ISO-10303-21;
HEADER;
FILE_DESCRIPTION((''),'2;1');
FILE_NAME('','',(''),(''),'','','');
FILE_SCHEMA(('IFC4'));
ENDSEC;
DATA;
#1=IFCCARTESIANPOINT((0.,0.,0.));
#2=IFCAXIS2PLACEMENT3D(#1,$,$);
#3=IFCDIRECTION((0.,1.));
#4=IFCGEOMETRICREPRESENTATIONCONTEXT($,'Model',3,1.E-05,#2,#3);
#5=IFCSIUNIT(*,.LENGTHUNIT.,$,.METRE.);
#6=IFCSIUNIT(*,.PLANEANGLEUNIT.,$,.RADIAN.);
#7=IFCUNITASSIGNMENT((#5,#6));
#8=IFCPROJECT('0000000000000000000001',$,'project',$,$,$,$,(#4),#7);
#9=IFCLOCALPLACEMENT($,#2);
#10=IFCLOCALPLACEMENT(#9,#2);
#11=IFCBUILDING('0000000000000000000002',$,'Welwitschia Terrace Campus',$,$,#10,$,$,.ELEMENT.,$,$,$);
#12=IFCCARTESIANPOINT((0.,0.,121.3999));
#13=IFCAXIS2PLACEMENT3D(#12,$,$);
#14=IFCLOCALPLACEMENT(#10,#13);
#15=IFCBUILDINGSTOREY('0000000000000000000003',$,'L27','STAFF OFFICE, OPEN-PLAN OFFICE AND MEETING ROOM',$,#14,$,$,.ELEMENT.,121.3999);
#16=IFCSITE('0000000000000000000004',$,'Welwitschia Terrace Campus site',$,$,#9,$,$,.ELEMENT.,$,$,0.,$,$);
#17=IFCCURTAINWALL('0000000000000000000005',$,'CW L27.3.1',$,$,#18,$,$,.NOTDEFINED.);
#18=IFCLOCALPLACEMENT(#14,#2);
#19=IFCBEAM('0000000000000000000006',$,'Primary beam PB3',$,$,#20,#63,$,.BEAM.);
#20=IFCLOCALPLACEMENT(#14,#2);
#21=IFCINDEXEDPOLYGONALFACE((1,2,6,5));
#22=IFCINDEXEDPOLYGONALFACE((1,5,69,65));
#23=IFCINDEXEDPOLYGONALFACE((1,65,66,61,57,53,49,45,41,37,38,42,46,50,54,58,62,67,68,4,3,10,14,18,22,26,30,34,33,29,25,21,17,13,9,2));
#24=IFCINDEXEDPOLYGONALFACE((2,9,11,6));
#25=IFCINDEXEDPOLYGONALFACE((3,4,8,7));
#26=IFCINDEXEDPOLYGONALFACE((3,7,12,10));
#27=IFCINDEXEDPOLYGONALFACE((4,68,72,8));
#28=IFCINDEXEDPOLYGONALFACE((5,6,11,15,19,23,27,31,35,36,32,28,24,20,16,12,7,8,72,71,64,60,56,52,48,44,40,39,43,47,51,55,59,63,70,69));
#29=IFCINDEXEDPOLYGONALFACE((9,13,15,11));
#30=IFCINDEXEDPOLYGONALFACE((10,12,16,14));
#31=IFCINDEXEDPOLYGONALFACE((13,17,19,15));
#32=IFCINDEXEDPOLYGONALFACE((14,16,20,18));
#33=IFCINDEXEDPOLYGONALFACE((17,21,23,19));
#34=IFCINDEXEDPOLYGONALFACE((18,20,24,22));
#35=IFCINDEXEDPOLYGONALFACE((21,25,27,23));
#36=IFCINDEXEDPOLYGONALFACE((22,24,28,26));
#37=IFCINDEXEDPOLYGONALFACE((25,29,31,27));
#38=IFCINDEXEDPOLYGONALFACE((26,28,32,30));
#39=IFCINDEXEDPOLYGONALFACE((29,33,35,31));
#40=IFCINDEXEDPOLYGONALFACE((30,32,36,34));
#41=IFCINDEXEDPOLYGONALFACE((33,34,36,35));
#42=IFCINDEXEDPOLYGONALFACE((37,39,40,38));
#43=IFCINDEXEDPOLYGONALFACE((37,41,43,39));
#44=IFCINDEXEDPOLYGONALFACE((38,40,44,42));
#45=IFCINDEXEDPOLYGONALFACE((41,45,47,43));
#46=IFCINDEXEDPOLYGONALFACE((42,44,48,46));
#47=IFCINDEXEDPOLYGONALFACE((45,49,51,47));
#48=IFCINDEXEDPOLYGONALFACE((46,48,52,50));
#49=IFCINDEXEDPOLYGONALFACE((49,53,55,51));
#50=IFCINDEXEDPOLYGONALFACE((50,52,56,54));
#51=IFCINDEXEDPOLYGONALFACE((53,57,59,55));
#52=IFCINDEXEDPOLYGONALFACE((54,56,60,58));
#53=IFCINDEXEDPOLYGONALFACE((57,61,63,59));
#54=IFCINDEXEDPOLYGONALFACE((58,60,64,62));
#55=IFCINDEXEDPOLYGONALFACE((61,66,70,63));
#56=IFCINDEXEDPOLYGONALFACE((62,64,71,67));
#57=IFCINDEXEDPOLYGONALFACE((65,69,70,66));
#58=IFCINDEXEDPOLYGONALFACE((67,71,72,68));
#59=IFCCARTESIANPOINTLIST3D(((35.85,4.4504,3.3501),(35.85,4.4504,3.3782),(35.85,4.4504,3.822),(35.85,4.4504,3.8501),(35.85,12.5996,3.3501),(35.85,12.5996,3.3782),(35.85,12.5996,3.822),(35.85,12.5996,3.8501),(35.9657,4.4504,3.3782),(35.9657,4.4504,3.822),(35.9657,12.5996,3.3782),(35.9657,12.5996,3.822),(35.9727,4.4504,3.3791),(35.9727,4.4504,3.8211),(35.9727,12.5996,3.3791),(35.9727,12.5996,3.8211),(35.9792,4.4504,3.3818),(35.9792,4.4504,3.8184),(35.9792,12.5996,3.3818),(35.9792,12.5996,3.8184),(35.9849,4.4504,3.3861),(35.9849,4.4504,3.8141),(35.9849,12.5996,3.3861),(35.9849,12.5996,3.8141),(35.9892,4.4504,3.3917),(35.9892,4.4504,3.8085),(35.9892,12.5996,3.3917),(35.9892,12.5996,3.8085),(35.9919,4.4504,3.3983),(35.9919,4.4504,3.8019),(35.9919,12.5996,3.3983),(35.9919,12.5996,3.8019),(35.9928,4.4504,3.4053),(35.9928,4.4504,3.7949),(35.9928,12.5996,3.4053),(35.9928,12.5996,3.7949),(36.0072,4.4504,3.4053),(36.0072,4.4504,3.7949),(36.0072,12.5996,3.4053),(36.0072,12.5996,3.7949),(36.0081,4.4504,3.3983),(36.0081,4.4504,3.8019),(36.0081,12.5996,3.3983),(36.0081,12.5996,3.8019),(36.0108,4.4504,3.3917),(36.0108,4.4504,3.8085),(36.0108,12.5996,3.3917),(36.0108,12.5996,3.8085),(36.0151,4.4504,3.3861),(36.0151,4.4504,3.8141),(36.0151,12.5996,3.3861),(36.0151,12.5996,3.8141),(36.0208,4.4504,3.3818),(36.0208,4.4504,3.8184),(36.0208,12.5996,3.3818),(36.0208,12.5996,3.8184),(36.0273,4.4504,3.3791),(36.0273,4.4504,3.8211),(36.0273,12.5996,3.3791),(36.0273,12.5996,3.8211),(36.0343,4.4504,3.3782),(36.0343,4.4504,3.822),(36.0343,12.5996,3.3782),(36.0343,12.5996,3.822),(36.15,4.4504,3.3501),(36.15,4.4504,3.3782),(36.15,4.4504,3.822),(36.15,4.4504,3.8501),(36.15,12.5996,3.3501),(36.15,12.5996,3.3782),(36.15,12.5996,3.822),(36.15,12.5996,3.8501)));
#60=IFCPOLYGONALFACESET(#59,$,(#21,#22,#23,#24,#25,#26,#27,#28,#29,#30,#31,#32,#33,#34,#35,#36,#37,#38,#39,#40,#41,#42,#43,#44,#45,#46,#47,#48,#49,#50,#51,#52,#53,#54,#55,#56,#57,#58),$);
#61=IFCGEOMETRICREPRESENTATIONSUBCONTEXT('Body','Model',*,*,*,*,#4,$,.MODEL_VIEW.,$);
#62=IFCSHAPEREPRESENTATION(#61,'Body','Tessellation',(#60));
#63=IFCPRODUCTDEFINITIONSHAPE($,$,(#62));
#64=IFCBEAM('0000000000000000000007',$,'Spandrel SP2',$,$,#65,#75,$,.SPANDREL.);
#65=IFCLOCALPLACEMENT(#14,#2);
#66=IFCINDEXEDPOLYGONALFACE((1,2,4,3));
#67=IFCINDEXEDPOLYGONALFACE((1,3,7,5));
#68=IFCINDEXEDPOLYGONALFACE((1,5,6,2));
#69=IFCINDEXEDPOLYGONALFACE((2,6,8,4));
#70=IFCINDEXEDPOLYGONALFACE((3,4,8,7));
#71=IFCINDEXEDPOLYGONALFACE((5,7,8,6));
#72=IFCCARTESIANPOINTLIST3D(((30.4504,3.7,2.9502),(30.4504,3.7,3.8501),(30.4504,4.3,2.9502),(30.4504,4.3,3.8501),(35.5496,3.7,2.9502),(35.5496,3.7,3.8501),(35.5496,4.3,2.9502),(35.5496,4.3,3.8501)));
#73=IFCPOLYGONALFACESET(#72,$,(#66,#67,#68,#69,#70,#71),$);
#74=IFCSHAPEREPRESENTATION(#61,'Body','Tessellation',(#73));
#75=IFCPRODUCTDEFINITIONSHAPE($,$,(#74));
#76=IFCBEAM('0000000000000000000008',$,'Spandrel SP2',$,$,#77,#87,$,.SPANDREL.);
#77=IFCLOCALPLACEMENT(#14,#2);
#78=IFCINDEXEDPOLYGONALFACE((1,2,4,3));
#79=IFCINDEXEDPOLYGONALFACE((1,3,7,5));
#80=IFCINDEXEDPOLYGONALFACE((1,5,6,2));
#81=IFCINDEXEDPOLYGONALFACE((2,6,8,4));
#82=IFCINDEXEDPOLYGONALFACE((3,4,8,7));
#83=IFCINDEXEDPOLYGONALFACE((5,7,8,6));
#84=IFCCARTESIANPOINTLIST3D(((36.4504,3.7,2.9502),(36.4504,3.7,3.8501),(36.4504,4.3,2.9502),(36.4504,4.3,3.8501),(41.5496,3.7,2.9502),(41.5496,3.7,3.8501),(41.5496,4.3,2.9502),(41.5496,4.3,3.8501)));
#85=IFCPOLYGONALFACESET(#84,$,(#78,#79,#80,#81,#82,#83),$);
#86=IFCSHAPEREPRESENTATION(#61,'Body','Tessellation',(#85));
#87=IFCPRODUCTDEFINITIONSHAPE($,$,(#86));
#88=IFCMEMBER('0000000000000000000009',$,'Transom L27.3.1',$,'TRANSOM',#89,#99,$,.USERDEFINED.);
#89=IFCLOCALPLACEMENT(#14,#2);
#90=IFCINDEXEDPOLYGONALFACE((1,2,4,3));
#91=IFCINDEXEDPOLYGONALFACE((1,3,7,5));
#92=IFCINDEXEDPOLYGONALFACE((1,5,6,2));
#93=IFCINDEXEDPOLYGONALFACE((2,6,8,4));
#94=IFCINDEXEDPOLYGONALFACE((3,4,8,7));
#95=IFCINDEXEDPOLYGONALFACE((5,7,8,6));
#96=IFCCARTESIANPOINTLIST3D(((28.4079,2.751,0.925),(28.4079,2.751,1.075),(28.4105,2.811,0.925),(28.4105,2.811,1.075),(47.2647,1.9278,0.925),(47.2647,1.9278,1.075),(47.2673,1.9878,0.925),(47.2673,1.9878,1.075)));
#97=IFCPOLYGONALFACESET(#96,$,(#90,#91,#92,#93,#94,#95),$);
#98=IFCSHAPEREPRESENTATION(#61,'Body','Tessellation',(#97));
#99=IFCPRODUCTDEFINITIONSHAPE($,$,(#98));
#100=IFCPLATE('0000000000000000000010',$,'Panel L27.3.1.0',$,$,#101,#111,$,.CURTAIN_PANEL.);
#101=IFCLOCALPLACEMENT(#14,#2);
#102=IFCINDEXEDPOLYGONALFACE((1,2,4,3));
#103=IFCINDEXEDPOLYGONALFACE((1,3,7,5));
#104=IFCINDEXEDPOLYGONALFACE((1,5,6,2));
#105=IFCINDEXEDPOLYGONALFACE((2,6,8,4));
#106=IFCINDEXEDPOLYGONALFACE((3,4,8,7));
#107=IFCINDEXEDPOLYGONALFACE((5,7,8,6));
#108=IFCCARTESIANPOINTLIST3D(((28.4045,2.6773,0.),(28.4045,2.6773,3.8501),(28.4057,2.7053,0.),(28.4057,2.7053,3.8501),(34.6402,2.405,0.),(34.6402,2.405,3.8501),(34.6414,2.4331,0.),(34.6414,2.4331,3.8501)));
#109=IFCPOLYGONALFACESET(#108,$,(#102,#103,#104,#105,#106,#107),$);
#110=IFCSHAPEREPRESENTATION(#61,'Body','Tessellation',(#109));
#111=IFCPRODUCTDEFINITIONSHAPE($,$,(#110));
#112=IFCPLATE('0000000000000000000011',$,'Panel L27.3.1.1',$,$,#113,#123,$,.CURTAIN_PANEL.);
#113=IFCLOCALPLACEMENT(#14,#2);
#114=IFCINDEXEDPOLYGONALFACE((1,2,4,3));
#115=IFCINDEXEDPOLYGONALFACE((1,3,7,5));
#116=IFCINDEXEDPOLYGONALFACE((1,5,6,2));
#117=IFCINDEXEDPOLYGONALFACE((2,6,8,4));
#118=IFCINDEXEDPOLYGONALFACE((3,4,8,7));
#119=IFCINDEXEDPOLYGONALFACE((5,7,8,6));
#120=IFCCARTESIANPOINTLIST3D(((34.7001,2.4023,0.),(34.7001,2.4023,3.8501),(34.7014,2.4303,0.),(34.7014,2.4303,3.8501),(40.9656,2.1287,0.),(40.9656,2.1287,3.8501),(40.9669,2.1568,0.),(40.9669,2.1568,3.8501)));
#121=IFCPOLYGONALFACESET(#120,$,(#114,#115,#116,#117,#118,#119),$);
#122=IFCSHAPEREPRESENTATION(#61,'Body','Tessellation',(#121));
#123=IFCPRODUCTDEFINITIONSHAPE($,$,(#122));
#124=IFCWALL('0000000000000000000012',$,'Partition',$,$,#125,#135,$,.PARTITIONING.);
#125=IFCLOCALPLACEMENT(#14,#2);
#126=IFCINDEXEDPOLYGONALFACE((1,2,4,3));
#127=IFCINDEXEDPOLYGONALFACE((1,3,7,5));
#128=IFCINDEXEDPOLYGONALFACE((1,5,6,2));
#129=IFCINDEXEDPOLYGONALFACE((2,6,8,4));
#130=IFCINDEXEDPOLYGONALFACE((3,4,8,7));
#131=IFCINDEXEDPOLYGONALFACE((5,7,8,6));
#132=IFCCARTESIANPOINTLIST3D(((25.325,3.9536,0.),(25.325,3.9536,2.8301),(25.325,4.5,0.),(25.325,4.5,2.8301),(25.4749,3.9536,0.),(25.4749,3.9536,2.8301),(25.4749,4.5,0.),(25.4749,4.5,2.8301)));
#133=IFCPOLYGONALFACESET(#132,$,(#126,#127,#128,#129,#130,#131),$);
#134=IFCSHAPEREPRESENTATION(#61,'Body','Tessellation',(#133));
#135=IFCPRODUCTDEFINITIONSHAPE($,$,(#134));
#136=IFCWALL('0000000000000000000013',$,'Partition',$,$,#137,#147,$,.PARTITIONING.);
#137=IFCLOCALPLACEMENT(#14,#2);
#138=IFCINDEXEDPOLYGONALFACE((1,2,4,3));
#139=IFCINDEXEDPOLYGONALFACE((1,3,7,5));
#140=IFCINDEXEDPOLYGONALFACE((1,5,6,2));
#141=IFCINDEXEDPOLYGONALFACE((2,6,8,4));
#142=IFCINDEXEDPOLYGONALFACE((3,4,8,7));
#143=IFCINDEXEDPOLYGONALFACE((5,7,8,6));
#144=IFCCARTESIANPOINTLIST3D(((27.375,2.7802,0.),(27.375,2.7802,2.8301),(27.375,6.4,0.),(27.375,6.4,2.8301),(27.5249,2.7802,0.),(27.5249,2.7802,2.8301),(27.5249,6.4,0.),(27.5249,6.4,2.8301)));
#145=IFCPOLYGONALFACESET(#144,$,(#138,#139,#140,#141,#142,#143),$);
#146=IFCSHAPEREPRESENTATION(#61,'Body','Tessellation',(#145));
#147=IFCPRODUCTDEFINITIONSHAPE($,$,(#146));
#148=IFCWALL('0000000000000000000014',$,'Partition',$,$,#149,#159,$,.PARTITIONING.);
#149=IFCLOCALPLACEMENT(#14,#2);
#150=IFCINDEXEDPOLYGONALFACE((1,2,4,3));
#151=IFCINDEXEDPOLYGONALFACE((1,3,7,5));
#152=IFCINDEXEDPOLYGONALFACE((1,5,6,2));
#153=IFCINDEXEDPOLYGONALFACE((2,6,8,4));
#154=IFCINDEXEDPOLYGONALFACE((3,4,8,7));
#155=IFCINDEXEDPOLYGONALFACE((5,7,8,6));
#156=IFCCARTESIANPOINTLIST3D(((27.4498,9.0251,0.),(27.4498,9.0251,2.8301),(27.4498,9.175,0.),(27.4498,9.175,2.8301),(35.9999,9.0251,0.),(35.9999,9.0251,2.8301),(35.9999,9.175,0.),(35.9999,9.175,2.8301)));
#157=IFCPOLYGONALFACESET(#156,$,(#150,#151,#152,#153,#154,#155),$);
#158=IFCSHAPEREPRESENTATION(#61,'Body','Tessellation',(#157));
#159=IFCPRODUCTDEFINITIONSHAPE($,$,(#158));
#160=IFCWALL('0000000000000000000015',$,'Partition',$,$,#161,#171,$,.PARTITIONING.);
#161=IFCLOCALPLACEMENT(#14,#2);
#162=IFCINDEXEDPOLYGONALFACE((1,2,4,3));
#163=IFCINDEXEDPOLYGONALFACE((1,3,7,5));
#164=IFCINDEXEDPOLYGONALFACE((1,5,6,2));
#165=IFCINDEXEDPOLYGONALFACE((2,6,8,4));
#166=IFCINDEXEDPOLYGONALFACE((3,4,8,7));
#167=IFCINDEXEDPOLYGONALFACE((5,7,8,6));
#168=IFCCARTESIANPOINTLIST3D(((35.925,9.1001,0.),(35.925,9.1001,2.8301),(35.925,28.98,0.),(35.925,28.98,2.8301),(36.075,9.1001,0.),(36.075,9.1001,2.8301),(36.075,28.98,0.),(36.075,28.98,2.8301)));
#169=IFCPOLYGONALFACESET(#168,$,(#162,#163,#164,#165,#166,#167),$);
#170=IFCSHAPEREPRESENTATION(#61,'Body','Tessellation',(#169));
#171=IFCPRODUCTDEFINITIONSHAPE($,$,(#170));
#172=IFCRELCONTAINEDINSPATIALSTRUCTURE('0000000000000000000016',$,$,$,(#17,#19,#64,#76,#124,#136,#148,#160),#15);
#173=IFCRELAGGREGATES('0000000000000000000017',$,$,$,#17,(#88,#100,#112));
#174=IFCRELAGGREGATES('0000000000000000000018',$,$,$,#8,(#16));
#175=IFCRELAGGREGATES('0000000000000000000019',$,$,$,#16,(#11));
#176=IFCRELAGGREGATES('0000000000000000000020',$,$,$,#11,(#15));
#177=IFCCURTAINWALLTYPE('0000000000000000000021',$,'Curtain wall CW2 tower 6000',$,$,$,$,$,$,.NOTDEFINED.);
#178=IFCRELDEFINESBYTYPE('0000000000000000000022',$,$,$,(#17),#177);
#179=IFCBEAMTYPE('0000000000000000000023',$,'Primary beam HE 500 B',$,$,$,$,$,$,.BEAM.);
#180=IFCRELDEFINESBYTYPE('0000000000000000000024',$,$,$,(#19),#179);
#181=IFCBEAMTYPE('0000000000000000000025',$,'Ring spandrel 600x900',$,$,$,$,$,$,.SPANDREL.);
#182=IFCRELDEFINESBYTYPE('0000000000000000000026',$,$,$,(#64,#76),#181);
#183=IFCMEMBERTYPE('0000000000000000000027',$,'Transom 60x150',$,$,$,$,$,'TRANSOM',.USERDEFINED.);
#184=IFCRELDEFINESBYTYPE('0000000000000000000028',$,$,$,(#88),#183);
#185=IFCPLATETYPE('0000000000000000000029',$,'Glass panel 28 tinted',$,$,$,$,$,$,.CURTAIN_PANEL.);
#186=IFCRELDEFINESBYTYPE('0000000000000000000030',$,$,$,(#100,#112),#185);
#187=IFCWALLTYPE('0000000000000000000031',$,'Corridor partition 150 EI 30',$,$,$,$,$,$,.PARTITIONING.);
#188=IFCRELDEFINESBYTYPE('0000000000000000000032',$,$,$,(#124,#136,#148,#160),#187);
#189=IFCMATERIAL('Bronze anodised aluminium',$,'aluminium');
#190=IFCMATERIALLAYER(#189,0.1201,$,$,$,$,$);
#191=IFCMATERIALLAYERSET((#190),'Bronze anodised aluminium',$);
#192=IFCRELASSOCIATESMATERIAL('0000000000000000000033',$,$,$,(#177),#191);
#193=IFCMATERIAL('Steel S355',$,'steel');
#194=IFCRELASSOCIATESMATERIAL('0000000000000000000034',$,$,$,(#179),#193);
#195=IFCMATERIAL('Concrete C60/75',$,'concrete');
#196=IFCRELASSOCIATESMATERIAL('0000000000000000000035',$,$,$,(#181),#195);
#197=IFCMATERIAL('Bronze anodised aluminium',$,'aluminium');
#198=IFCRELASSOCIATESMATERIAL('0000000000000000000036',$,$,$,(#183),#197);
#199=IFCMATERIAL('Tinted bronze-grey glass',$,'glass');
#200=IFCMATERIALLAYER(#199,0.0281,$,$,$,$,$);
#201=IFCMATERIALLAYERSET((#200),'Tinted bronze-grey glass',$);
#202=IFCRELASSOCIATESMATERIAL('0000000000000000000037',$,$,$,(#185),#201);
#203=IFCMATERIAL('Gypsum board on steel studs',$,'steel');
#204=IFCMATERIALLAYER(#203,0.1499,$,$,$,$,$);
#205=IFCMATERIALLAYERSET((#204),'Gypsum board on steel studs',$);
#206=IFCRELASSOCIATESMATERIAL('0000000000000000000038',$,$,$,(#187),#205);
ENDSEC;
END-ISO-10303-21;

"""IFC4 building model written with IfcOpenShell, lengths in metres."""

from ifc_helpers import new_model, si_unit, direction, frame, frame_2d, origin, origin_2d, place, context, subcontext, project, spatial, rectangle, i_section, extrude, material, layer, layer_set, material_profile, profile_set, type_object, element, aggregate, save


model = new_model("IFC4")

# Units and contexts
model_context = context("Model", 3, precision=1e-05, world=origin(), true_north=direction((0.0, 1.0)))
body_context = subcontext(model_context, "Body", "Model", "MODEL_VIEW")
ifc_project = project(units=[si_unit("LENGTHUNIT", "METRE"), si_unit("PLANEANGLEUNIT", "RADIAN")], contexts=[model_context])

# Site, building, storey
site_placement = place(None, origin())
site = spatial("IfcSite", under=ifc_project, at=site_placement, Name="Welwitschia Terrace Campus site", CompositionType="ELEMENT", RefElevation=0.0)
building_placement = place(site_placement, origin())
building = spatial("IfcBuilding", under=site, at=building_placement, Name="Welwitschia Terrace Campus", CompositionType="ELEMENT")
storey_placement = place(building_placement, frame((0.0, 0.0, 121.3999)))
storey = spatial("IfcBuildingStorey", under=building, at=storey_placement, Name="L27", Description="STAFF OFFICE, OPEN-PLAN OFFICE AND MEETING ROOM", CompositionType="ELEMENT", Elevation=121.3999)

# Curtain wall
ifc_material_1 = material(Name="Bronze anodised aluminium", Category="aluminium")
ifc_layer_1 = layer(ifc_material_1, 0.1201)
ifc_layer_set_1 = layer_set([ifc_layer_1], Name="Bronze anodised aluminium")
curtain_wall_type = type_object("IfcCurtainWallType", Name="Curtain wall CW2 tower 6000", PredefinedType="NOTDEFINED", material=ifc_layer_set_1)
curtain_wall_placement = place(storey_placement, origin())
curtain_wall = element("IfcCurtainWall", 1, at=curtain_wall_placement, inside=storey, type_object=curtain_wall_type, Name="CW L27.3.1", PredefinedType="NOTDEFINED")

# Beams
ifc_material_2 = material(Name="Steel S355", Category="steel")
ifc_material_profile_1 = material_profile(ifc_material_2, i_section(OverallWidth=0.3, OverallDepth=0.5, WebThickness=0.0144, FlangeThickness=0.0281, FilletRadius=0.0271, at=origin_2d()))
ifc_profile_set_1 = profile_set([ifc_material_profile_1], Name="Steel S355")
beam_type_1 = type_object("IfcBeamType", Name="Primary beam HE 500 B", PredefinedType="BEAM", material=ifc_profile_set_1)
beam_placement = place(storey_placement, frame((36.0, 4.4504, 3.6001), z_axis=(0.0, 1.0, 0.0), x_axis=(-1.0, 0.0, 0.0)))
element("IfcBeam", 2, at=beam_placement, inside=storey, type_object=beam_type_1, Name="Primary beam PB3", PredefinedType="BEAM", context=body_context, shape_type="SweptSolid", body=[
    extrude(i_section(OverallWidth=0.3, OverallDepth=0.5, WebThickness=0.0144, FlangeThickness=0.0281, FilletRadius=0.0271, at=origin_2d()), origin(), (0.0, 0.0, 1.0), 8.1492),
])
ifc_material_3 = material(Name="Concrete C60/75", Category="concrete")
ifc_material_profile_2 = material_profile(ifc_material_3, rectangle(XDim=0.6001, YDim=0.8999, at=origin_2d()))
ifc_profile_set_2 = profile_set([ifc_material_profile_2], Name="Concrete C60/75")
beam_type_2 = type_object("IfcBeamType", Name="Ring spandrel 600x900", PredefinedType="SPANDREL", material=ifc_profile_set_2)
for number, where, z_axis, x_axis, name in (
    (3, (30.4504, 4.0, 3.4001), (1.0, 0.0, 0.0), (0.0, 1.0, 0.0), "Spandrel SP2"),
    (4, (36.4504, 4.0, 3.4001), (1.0, 0.0, 0.0), (0.0, 1.0, 0.0), "Spandrel SP2"),
):
    element("IfcBeam", number, at=place(storey_placement, frame(where, z_axis=z_axis, x_axis=x_axis)), inside=storey, type_object=beam_type_2, Name=name, PredefinedType="SPANDREL", context=body_context, shape_type="SweptSolid", body=[
        extrude(rectangle(XDim=0.6001, YDim=0.8999, at=origin_2d()), origin(), (0.0, 0.0, 1.0), 5.0991),
    ])

# Member
ifc_material_4 = material(Name="Bronze anodised aluminium", Category="aluminium")
ifc_material_profile_3 = material_profile(ifc_material_4, rectangle(XDim=0.0601, YDim=0.1499, at=origin_2d()))
ifc_profile_set_3 = profile_set([ifc_material_profile_3], Name="Bronze anodised aluminium")
member_type_1 = type_object("IfcMemberType", Name="Transom 60x150", ElementType="TRANSOM", PredefinedType="USERDEFINED", material=ifc_profile_set_3)
member_1_placement = place(storey_placement, frame((28.4092, 2.781, 1.0), z_axis=(0.999048, -0.043616, 0.0), x_axis=(0.043616, 0.999048, 0.0)))
member_1 = element("IfcMember", 5, at=member_1_placement, type_object=member_type_1, Name="Transom L27.3.1", ObjectType="TRANSOM", PredefinedType="USERDEFINED", context=body_context, shape_type="SweptSolid", body=[
    extrude(rectangle(XDim=0.0601, YDim=0.1499, at=origin_2d()), origin(), (0.0, 0.0, 1.0), 18.8748),
])

# Plates
ifc_material_5 = material(Name="Tinted bronze-grey glass", Category="glass")
ifc_layer_2 = layer(ifc_material_5, 0.0281)
ifc_layer_set_2 = layer_set([ifc_layer_2], Name="Tinted bronze-grey glass")
plate_type = type_object("IfcPlateType", Name="Glass panel 28 tinted", PredefinedType="CURTAIN_PANEL", material=ifc_layer_set_2)
plate_1_placement = place(storey_placement, frame((31.5229, 2.5552, 0.0), z_axis=(0.0, 0.0, 1.0), x_axis=(0.999048, -0.043619, 0.0)))
plate_1 = element("IfcPlate", 6, at=plate_1_placement, type_object=plate_type, Name="Panel L27.3.1.0", PredefinedType="CURTAIN_PANEL", context=body_context, shape_type="SweptSolid", body=[
    extrude(rectangle(XDim=6.2417, YDim=0.0281, at=origin_2d()), origin(), (0.0, 0.0, 1.0), 3.8501),
])
plate_2_placement = place(storey_placement, frame((37.8335, 2.2795, 0.0), z_axis=(0.0, 0.0, 1.0), x_axis=(0.999048, -0.043619, 0.0)))
plate_2 = element("IfcPlate", 7, at=plate_2_placement, type_object=plate_type, Name="Panel L27.3.1.1", PredefinedType="CURTAIN_PANEL", context=body_context, shape_type="SweptSolid", body=[
    extrude(rectangle(XDim=6.2715, YDim=0.0281, at=origin_2d()), origin(), (0.0, 0.0, 1.0), 3.8501),
])
aggregate(curtain_wall, [member_1, plate_1, plate_2])

# Walls
ifc_material_6 = material(Name="Gypsum board on steel studs", Category="steel")
ifc_layer_3 = layer(ifc_material_6, 0.1499)
ifc_layer_set_3 = layer_set([ifc_layer_3], Name="Gypsum board on steel studs")
wall_type = type_object("IfcWallType", Name="Corridor partition 150 EI 30", PredefinedType="PARTITIONING", material=ifc_layer_set_3)
wall_1_placement = place(storey_placement, frame((25.3999, 3.9536, 0.0), z_axis=(0.0, 0.0, 1.0), x_axis=(0.0, 1.0, 0.0)))
element("IfcWall", 8, at=wall_1_placement, inside=storey, type_object=wall_type, Name="Partition", PredefinedType="PARTITIONING", context=body_context, shape_type="SweptSolid", body=[
    extrude(rectangle(XDim=0.5464, YDim=0.1499, at=frame_2d((0.2732, 0.0))), origin(), (0.0, 0.0, 1.0), 2.8301),
])
wall_2_placement = place(storey_placement, frame((27.45, 2.78, 0.0), z_axis=(0.0, 0.0, 1.0), x_axis=(0.0, 1.0, 0.0)))
element("IfcWall", 9, at=wall_2_placement, inside=storey, type_object=wall_type, Name="Partition", PredefinedType="PARTITIONING", context=body_context, shape_type="SweptSolid", body=[
    extrude(rectangle(XDim=3.6199, YDim=0.1499, at=frame_2d((1.8101, 0.0))), origin(), (0.0, 0.0, 1.0), 2.8301),
])
wall_3_placement = place(storey_placement, frame((27.45, 9.1001, 0.0), z_axis=(0.0, 0.0, 1.0), x_axis=(1.0, 0.0, 0.0)))
element("IfcWall", 10, at=wall_3_placement, inside=storey, type_object=wall_type, Name="Partition", PredefinedType="PARTITIONING", context=body_context, shape_type="SweptSolid", body=[
    extrude(rectangle(XDim=8.55, YDim=0.1499, at=frame_2d((4.2749, 0.0))), origin(), (0.0, 0.0, 1.0), 2.8301),
])
wall_4_placement = place(storey_placement, frame((36.0, 9.1001, 0.0), z_axis=(0.0, 0.0, 1.0), x_axis=(0.0, 1.0, 0.0)))
element("IfcWall", 11, at=wall_4_placement, inside=storey, type_object=wall_type, Name="Partition", PredefinedType="PARTITIONING", context=body_context, shape_type="SweptSolid", body=[
    extrude(rectangle(XDim=19.8799, YDim=0.1499, at=frame_2d((9.9399, 0.0))), origin(), (0.0, 0.0, 1.0), 2.8301),
])

save(model, "model.ifc")
